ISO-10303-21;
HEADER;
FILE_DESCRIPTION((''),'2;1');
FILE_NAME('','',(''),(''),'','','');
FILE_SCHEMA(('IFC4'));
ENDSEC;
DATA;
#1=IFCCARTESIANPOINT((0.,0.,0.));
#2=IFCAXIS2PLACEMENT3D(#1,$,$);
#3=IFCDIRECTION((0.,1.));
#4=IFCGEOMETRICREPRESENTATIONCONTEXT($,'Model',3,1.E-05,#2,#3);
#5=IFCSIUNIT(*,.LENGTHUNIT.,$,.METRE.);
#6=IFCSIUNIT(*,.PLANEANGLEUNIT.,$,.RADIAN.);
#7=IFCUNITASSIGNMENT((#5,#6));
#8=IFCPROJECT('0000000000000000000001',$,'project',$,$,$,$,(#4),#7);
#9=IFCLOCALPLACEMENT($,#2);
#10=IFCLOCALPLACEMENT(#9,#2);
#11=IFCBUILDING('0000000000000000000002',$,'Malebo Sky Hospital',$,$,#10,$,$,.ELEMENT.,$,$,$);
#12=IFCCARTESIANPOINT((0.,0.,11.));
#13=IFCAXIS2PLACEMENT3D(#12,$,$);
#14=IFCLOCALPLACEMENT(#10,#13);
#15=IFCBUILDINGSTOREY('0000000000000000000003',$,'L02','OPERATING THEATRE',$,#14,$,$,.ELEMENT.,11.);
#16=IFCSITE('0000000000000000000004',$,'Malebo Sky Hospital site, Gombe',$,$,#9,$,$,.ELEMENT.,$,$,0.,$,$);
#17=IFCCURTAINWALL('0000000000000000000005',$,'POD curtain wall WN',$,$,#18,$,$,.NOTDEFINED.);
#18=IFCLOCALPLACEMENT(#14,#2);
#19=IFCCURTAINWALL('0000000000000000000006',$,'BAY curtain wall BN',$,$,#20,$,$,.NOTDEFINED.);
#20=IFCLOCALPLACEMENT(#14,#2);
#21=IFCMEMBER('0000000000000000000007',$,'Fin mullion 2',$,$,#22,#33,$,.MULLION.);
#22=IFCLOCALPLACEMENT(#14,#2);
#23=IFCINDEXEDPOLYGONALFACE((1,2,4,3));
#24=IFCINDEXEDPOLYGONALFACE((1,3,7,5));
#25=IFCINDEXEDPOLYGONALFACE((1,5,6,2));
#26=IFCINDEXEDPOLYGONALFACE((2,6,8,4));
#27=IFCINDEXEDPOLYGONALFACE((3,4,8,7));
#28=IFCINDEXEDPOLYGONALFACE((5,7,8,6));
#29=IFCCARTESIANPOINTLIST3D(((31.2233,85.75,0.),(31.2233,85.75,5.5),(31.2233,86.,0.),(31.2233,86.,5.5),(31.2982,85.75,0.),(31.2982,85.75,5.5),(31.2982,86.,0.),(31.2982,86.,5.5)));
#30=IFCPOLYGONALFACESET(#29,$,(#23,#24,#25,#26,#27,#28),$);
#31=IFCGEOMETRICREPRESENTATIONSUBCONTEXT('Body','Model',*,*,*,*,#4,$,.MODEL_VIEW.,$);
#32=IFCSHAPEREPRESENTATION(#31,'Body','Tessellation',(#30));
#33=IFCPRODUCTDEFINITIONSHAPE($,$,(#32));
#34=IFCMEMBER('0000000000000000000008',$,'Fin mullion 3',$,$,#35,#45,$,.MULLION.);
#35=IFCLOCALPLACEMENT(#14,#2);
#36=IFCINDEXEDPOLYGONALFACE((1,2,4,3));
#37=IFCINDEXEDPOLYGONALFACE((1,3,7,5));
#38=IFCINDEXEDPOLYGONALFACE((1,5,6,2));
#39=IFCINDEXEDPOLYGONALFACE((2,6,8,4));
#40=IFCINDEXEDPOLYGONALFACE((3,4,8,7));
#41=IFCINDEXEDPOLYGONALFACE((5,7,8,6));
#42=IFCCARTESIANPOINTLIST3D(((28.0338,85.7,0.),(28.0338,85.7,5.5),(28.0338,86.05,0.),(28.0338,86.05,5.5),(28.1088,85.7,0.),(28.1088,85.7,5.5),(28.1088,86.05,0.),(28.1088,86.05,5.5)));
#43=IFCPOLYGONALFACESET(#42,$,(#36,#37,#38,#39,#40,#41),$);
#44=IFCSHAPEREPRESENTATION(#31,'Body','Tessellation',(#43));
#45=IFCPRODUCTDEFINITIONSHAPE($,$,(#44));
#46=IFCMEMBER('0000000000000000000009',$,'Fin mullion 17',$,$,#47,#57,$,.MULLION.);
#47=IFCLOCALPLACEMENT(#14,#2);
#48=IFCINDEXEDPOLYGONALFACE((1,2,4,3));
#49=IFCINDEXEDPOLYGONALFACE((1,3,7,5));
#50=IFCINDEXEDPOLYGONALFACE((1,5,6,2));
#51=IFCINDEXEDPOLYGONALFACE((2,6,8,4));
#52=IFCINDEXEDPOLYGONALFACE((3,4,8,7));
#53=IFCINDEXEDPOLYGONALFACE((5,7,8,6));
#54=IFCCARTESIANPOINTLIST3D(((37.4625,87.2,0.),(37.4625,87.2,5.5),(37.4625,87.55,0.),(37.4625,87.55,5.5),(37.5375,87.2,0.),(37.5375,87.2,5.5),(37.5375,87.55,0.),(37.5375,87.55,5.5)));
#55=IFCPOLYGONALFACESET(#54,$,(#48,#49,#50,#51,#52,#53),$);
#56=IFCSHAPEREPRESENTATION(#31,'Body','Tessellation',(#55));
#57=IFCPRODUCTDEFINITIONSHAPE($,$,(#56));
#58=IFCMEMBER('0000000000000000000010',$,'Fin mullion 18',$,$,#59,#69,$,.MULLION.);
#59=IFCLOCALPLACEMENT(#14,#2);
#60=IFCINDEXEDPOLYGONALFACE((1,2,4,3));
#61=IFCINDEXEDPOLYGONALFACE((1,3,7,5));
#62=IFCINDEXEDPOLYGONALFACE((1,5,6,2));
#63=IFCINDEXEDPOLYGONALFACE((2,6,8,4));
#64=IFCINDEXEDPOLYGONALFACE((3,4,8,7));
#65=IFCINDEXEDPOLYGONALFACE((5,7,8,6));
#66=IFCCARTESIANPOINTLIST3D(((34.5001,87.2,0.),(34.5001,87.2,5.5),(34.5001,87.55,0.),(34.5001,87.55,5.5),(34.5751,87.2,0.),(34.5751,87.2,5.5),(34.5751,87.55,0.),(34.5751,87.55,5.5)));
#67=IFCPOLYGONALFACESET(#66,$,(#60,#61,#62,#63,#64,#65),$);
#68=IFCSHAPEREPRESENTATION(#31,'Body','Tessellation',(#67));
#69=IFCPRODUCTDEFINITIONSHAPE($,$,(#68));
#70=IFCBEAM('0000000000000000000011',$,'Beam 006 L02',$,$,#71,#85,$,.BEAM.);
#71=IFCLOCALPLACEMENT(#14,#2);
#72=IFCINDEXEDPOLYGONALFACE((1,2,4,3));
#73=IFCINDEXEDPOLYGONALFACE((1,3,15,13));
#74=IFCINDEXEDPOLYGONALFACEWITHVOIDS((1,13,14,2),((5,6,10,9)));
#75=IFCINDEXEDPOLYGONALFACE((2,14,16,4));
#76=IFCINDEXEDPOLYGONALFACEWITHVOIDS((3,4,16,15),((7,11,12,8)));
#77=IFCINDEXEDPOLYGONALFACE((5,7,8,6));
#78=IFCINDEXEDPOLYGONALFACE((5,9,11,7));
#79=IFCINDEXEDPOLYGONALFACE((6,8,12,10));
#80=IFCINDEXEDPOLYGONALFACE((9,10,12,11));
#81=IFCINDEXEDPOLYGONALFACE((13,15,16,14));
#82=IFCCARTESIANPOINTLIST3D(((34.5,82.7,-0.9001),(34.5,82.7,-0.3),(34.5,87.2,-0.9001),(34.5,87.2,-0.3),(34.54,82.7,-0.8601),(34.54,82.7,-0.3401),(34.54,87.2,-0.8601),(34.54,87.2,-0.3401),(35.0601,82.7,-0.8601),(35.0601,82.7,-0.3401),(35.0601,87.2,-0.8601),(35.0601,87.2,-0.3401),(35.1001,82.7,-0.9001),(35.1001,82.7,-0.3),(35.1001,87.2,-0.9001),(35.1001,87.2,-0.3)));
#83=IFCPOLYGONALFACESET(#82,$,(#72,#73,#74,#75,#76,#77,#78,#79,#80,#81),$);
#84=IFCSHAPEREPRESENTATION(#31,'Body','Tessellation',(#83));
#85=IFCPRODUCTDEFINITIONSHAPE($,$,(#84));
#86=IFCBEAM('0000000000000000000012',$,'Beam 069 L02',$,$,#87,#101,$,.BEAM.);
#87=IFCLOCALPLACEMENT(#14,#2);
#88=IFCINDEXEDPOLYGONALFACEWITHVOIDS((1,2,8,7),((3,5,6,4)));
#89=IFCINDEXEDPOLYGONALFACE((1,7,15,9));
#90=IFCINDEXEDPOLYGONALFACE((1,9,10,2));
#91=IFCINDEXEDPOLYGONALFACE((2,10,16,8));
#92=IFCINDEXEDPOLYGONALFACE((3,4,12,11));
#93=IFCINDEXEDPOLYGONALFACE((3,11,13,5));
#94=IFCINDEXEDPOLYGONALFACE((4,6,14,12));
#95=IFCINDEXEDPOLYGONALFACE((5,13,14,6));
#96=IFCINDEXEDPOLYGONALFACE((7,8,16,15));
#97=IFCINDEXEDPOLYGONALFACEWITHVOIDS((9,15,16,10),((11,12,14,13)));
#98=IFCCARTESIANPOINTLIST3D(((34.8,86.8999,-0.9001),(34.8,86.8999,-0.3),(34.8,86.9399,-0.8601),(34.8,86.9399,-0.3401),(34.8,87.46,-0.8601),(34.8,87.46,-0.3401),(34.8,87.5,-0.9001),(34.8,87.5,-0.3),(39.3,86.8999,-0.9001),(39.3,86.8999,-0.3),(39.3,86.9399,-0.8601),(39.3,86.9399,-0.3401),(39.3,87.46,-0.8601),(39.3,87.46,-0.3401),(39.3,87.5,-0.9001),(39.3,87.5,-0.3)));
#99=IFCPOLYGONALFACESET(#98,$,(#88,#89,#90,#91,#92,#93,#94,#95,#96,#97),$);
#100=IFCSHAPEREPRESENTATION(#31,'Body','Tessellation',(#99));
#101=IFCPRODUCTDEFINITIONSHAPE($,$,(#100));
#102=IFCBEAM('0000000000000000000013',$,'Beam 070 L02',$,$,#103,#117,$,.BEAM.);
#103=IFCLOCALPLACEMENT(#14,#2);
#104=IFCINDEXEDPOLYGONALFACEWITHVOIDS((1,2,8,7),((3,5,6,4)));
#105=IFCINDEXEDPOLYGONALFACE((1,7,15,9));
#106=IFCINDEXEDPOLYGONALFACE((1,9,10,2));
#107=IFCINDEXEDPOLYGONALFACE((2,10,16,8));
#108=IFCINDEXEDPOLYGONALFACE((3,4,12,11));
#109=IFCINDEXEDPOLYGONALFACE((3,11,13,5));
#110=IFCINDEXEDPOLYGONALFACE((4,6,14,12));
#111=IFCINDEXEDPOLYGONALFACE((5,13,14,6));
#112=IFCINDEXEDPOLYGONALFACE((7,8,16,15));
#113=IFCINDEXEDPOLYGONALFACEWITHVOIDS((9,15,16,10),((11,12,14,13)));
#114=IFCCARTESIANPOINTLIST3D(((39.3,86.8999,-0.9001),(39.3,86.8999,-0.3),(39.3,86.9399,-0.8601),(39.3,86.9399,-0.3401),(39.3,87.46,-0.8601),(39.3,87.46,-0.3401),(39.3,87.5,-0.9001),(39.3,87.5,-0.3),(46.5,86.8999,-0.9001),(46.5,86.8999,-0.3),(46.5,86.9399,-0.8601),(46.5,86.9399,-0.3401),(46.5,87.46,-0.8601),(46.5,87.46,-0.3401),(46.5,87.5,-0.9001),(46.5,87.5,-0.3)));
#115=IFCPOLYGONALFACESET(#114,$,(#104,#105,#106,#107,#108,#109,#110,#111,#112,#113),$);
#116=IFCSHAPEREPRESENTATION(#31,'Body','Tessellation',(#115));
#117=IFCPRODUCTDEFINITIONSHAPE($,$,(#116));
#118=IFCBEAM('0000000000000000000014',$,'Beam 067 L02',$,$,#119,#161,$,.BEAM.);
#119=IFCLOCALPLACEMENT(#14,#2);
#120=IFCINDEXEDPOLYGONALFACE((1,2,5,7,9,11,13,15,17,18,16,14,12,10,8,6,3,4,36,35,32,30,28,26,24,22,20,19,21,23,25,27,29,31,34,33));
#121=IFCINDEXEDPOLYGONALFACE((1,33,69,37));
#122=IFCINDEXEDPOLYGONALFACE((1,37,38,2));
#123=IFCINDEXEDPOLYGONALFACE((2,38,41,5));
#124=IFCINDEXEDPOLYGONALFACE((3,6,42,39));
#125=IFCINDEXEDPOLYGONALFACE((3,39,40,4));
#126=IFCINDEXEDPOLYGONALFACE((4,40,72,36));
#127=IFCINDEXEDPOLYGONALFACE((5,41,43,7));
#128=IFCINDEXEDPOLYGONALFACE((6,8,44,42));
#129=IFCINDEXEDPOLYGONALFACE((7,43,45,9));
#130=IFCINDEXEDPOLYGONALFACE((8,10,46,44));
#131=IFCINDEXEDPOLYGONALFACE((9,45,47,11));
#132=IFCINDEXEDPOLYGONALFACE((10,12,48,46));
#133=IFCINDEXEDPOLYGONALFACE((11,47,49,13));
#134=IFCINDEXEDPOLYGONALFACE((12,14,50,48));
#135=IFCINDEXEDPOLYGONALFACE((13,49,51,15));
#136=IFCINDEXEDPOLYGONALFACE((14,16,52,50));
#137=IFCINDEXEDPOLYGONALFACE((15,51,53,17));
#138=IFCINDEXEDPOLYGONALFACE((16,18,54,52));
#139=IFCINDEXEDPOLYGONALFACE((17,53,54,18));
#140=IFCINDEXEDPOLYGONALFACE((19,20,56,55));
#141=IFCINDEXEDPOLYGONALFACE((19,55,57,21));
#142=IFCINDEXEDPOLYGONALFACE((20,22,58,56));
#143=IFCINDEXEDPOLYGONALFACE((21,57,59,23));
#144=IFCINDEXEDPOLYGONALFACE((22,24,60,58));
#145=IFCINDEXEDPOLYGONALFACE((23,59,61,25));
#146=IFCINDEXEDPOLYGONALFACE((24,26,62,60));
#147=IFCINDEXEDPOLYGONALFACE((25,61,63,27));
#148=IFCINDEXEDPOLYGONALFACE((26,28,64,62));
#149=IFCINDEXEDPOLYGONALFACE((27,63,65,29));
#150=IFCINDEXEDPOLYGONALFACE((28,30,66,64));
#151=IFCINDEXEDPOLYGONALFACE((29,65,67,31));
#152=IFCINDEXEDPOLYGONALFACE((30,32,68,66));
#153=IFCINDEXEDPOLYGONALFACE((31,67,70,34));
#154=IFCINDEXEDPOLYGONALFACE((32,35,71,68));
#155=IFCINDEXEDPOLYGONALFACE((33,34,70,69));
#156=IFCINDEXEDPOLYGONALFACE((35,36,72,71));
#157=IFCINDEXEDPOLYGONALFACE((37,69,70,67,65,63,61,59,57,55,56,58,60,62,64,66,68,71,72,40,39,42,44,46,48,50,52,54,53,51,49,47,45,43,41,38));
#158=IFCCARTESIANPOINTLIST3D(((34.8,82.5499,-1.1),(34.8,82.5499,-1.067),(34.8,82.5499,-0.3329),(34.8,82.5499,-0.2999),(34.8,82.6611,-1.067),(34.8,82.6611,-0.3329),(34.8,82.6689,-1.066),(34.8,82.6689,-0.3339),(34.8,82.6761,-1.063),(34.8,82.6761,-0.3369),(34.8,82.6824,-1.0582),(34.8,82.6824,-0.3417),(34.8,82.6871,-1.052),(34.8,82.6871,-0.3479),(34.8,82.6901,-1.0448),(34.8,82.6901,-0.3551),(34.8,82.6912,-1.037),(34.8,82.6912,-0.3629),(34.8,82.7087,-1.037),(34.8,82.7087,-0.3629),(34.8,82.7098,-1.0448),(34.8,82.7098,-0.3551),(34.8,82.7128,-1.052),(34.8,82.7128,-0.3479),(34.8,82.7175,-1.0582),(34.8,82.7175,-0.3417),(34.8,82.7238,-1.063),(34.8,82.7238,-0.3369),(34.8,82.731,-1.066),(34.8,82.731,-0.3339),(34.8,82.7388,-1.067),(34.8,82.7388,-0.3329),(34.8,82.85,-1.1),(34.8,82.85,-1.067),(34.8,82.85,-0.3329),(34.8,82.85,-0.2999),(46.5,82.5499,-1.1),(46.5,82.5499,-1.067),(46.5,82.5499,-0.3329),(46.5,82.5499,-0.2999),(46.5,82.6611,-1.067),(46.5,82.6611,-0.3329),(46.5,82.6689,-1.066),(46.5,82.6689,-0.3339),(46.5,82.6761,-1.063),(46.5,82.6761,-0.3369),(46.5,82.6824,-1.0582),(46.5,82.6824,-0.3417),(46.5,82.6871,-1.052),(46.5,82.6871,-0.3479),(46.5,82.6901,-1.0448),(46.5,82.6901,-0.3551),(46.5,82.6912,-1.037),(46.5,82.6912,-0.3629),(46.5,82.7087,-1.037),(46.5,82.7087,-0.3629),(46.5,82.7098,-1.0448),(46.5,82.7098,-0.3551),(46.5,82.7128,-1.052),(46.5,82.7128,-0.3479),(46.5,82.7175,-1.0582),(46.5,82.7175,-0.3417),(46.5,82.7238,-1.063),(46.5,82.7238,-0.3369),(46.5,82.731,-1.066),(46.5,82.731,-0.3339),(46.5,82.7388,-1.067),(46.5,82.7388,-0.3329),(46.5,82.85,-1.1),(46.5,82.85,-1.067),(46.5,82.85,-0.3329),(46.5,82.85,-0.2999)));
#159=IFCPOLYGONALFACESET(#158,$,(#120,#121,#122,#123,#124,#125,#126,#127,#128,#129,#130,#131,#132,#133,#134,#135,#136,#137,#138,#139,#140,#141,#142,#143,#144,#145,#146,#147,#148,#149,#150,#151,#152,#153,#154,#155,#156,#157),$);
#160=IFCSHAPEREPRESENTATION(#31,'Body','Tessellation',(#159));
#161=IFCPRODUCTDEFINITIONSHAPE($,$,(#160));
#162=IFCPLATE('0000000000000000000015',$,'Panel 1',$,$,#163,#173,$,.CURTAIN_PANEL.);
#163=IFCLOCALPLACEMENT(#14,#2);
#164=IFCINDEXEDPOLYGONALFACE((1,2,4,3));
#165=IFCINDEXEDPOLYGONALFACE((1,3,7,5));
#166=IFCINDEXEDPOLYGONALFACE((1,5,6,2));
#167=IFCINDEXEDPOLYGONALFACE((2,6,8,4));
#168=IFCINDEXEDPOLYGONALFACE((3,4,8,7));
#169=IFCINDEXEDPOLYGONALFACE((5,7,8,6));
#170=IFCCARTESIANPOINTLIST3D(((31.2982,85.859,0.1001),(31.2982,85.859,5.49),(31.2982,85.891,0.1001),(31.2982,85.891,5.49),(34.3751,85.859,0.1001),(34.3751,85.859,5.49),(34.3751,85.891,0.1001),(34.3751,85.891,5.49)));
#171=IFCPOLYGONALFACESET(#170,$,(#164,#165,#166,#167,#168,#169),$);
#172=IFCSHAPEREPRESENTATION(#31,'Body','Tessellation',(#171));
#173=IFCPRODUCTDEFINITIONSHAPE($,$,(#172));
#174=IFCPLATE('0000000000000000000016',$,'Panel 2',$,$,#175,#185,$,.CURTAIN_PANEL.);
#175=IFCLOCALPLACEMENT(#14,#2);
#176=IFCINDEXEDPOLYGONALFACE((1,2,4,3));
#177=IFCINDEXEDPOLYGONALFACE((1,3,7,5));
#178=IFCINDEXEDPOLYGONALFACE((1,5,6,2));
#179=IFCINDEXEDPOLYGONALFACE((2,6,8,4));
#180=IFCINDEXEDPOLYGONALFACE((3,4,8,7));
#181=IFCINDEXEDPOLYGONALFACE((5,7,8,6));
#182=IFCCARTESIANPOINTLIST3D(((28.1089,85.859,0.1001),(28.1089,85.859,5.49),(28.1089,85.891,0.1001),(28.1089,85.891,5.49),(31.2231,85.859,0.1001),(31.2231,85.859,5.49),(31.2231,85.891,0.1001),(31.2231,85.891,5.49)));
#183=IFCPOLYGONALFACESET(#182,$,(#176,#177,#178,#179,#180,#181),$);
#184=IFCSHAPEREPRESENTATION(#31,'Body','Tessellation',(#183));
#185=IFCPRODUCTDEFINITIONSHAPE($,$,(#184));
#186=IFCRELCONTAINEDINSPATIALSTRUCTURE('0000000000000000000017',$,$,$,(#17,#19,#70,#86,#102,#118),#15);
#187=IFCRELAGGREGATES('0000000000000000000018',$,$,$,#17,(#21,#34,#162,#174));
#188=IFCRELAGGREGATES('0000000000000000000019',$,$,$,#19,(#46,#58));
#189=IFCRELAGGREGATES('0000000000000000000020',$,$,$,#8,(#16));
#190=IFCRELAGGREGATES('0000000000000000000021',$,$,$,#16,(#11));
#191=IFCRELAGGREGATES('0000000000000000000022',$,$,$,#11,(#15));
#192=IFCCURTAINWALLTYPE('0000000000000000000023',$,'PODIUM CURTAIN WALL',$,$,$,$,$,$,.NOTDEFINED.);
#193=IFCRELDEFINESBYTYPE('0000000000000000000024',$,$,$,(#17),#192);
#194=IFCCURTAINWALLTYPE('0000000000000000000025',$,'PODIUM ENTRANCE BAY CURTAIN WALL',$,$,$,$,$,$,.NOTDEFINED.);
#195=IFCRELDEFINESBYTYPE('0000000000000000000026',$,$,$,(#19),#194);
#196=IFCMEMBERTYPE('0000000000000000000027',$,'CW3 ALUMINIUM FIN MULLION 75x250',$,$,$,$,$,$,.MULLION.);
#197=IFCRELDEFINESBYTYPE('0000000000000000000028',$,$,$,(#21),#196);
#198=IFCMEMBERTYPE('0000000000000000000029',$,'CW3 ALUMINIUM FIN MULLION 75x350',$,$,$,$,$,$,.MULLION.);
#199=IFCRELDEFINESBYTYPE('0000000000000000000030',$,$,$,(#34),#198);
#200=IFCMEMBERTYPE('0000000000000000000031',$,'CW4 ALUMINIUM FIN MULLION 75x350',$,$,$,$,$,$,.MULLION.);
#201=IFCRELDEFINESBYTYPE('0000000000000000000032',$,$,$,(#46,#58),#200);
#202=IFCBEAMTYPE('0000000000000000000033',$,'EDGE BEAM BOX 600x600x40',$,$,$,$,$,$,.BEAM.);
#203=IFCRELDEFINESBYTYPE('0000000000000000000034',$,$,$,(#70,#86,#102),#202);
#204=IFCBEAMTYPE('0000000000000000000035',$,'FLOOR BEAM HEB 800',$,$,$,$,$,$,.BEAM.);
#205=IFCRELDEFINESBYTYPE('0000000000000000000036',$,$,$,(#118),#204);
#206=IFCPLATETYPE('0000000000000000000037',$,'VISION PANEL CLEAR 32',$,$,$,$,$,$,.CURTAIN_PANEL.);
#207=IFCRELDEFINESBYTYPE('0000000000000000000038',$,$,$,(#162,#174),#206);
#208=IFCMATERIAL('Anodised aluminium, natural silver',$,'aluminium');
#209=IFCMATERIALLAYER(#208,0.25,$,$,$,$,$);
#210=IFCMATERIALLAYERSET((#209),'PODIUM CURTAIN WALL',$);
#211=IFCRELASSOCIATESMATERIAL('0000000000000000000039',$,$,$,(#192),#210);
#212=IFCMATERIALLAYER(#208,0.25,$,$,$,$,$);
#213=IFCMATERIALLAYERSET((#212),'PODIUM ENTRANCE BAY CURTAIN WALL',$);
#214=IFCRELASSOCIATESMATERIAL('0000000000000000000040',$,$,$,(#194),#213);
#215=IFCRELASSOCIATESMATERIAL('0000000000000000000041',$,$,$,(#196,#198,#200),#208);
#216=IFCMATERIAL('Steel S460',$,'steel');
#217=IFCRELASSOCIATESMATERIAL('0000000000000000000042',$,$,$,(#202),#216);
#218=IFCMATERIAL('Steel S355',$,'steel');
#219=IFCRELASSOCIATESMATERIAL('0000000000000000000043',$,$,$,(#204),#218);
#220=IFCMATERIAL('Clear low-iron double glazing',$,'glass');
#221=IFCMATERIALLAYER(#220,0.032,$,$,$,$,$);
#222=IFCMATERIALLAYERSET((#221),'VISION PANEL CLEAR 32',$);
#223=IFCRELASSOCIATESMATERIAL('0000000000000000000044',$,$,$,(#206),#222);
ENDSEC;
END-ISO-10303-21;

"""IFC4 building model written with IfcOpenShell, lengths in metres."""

from ifc_helpers import new_model, si_unit, direction, frame, origin, origin_2d, place, context, subcontext, project, spatial, rectangle, hollow_rectangle, i_section, extrude, material, layer, layer_set, material_profile, profile_set, type_object, element, aggregate, save


model = new_model("IFC4")

# Units and contexts
model_context = context("Model", 3, precision=1e-05, world=origin(), true_north=direction((0.0, 1.0)))
body_context = subcontext(model_context, "Body", "Model", "MODEL_VIEW")
ifc_project = project(units=[si_unit("LENGTHUNIT", "METRE"), si_unit("PLANEANGLEUNIT", "RADIAN")], contexts=[model_context])

# Site, building, storey
site_placement = place(None, origin())
site = spatial("IfcSite", under=ifc_project, at=site_placement, Name="Malebo Sky Hospital site, Gombe", CompositionType="ELEMENT", RefElevation=0.0)
building_placement = place(site_placement, origin())
building = spatial("IfcBuilding", under=site, at=building_placement, Name="Malebo Sky Hospital", CompositionType="ELEMENT")
storey_placement = place(building_placement, frame((0.0, 0.0, 11.0)))
storey = spatial("IfcBuildingStorey", under=building, at=storey_placement, Name="L02", Description="OPERATING THEATRE", CompositionType="ELEMENT", Elevation=11.0)

# Shared definitions
ifc_material_1 = material(Name="Steel S460", Category="steel")
ifc_material_2 = material(Name="Steel S355", Category="steel")

# Curtain walls
ifc_material_3 = material(Name="Anodised aluminium, natural silver", Category="aluminium")
ifc_layer_1 = layer(ifc_material_3, 0.25)
ifc_layer_set_1 = layer_set([ifc_layer_1], Name="PODIUM CURTAIN WALL")
curtain_wall_type_1 = type_object("IfcCurtainWallType", Name="PODIUM CURTAIN WALL", PredefinedType="NOTDEFINED", material=ifc_layer_set_1)
curtain_wall_1_placement = place(storey_placement, origin())
curtain_wall_1 = element("IfcCurtainWall", 1, at=curtain_wall_1_placement, inside=storey, type_object=curtain_wall_type_1, Name="POD curtain wall WN", PredefinedType="NOTDEFINED")
ifc_layer_2 = layer(ifc_material_3, 0.25)
ifc_layer_set_2 = layer_set([ifc_layer_2], Name="PODIUM ENTRANCE BAY CURTAIN WALL")
curtain_wall_type_2 = type_object("IfcCurtainWallType", Name="PODIUM ENTRANCE BAY CURTAIN WALL", PredefinedType="NOTDEFINED", material=ifc_layer_set_2)
curtain_wall_2_placement = place(storey_placement, origin())
curtain_wall_2 = element("IfcCurtainWall", 2, at=curtain_wall_2_placement, inside=storey, type_object=curtain_wall_type_2, Name="BAY curtain wall BN", PredefinedType="NOTDEFINED")

# Members
ifc_material_profile_1 = material_profile(ifc_material_3, rectangle(XDim=0.075, YDim=0.25, at=origin_2d()), Name="CW3 ALUMINIUM FIN MULLION 75x250")
ifc_profile_set_1 = profile_set([ifc_material_profile_1], Name="Anodised aluminium, natural silver")
member_type_1 = type_object("IfcMemberType", Name="CW3 ALUMINIUM FIN MULLION 75x250", PredefinedType="MULLION", material=ifc_profile_set_1)
member_1_placement = place(storey_placement, frame((31.2607, 85.875, 0.0), z_axis=(0.0, 0.0, 1.0), x_axis=(-1.0, 0.0, 0.0)))
member_1 = element("IfcMember", 3, at=member_1_placement, type_object=member_type_1, Name="Fin mullion 2", PredefinedType="MULLION", context=body_context, shape_type="SweptSolid", body=[
    extrude(rectangle(XDim=0.075, YDim=0.25, at=origin_2d()), origin(), (0.0, 0.0, 1.0), 5.5),
])
ifc_material_profile_2 = material_profile(ifc_material_3, rectangle(XDim=0.075, YDim=0.3501, at=origin_2d()), Name="CW3 ALUMINIUM FIN MULLION 75x350")
ifc_profile_set_2 = profile_set([ifc_material_profile_2], Name="Anodised aluminium, natural silver")
member_type_2 = type_object("IfcMemberType", Name="CW3 ALUMINIUM FIN MULLION 75x350", PredefinedType="MULLION", material=ifc_profile_set_2)
member_2_placement = place(storey_placement, frame((28.0713, 85.875, 0.0), z_axis=(0.0, 0.0, 1.0), x_axis=(-1.0, 0.0, 0.0)))
member_2 = element("IfcMember", 4, at=member_2_placement, type_object=member_type_2, Name="Fin mullion 3", PredefinedType="MULLION", context=body_context, shape_type="SweptSolid", body=[
    extrude(rectangle(XDim=0.075, YDim=0.3501, at=origin_2d()), origin(), (0.0, 0.0, 1.0), 5.5),
])
ifc_material_profile_3 = material_profile(ifc_material_3, rectangle(XDim=0.075, YDim=0.3501, at=origin_2d()), Name="CW4 ALUMINIUM FIN MULLION 75x350")
ifc_profile_set_3 = profile_set([ifc_material_profile_3], Name="Anodised aluminium, natural silver")
member_type_3 = type_object("IfcMemberType", Name="CW4 ALUMINIUM FIN MULLION 75x350", PredefinedType="MULLION", material=ifc_profile_set_3)
member_3_placement = place(storey_placement, frame((37.5, 87.375, 0.0), z_axis=(0.0, 0.0, 1.0), x_axis=(-1.0, 0.0, 0.0)))
member_3 = element("IfcMember", 5, at=member_3_placement, type_object=member_type_3, Name="Fin mullion 17", PredefinedType="MULLION", context=body_context, shape_type="SweptSolid", body=[
    extrude(rectangle(XDim=0.075, YDim=0.3501, at=origin_2d()), origin(), (0.0, 0.0, 1.0), 5.5),
])
member_4_placement = place(storey_placement, frame((34.5376, 87.375, 0.0), z_axis=(0.0, 0.0, 1.0), x_axis=(-1.0, 0.0, 0.0)))
member_4 = element("IfcMember", 6, at=member_4_placement, type_object=member_type_3, Name="Fin mullion 18", PredefinedType="MULLION", context=body_context, shape_type="SweptSolid", body=[
    extrude(rectangle(XDim=0.075, YDim=0.3501, at=origin_2d()), origin(), (0.0, 0.0, 1.0), 5.5),
])

# Beams
ifc_material_profile_4 = material_profile(ifc_material_1, hollow_rectangle(XDim=0.6001, YDim=0.6001, WallThickness=0.04, at=origin_2d()), Name="BOX 600x600x40")
ifc_profile_set_4 = profile_set([ifc_material_profile_4], Name="Steel S460")
beam_type_1 = type_object("IfcBeamType", Name="EDGE BEAM BOX 600x600x40", PredefinedType="BEAM", material=ifc_profile_set_4)
for number, where, z_axis, x_axis, name in (
    (7, (34.8, 82.7, -0.6001), (0.0, 1.0, 0.0), (-1.0, 0.0, 0.0), "Beam 006 L02"),
    (8, (34.8, 87.2, -0.6001), (1.0, 0.0, 0.0), (0.0, 1.0, 0.0), "Beam 069 L02"),
):
    element("IfcBeam", number, at=place(storey_placement, frame(where, z_axis=z_axis, x_axis=x_axis)), inside=storey, type_object=beam_type_1, Name=name, PredefinedType="BEAM", context=body_context, shape_type="SweptSolid", body=[
        extrude(hollow_rectangle(XDim=0.6001, YDim=0.6001, WallThickness=0.04, at=origin_2d()), origin(), (0.0, 0.0, 1.0), 4.5),
    ])
beam_1_placement = place(storey_placement, frame((39.3, 87.2, -0.6001), z_axis=(1.0, 0.0, 0.0), x_axis=(0.0, 1.0, 0.0)))
element("IfcBeam", 9, at=beam_1_placement, inside=storey, type_object=beam_type_1, Name="Beam 070 L02", PredefinedType="BEAM", context=body_context, shape_type="SweptSolid", body=[
    extrude(hollow_rectangle(XDim=0.6001, YDim=0.6001, WallThickness=0.04, at=origin_2d()), origin(), (0.0, 0.0, 1.0), 7.2),
])
ifc_material_profile_5 = material_profile(ifc_material_2, i_section(OverallWidth=0.3, OverallDepth=0.8, WebThickness=0.0176, FlangeThickness=0.033, FilletRadius=0.03, at=origin_2d()), Name="HEB 800")
ifc_profile_set_5 = profile_set([ifc_material_profile_5], Name="Steel S355")
beam_type_2 = type_object("IfcBeamType", Name="FLOOR BEAM HEB 800", PredefinedType="BEAM", material=ifc_profile_set_5)
beam_2_placement = place(storey_placement, frame((34.8, 82.7, -0.7), z_axis=(1.0, 0.0, 0.0), x_axis=(0.0, 1.0, 0.0)))
element("IfcBeam", 10, at=beam_2_placement, inside=storey, type_object=beam_type_2, Name="Beam 067 L02", PredefinedType="BEAM", context=body_context, shape_type="SweptSolid", body=[
    extrude(i_section(OverallWidth=0.3, OverallDepth=0.8, WebThickness=0.0176, FlangeThickness=0.033, FilletRadius=0.03, at=origin_2d()), origin(), (0.0, 0.0, 1.0), 11.7),
])

# Plates
ifc_material_4 = material(Name="Clear low-iron double glazing", Category="glass")
ifc_layer_3 = layer(ifc_material_4, 0.032)
ifc_layer_set_3 = layer_set([ifc_layer_3], Name="VISION PANEL CLEAR 32")
plate_type = type_object("IfcPlateType", Name="VISION PANEL CLEAR 32", PredefinedType="CURTAIN_PANEL", material=ifc_layer_set_3)
plate_1_placement = place(storey_placement, frame((32.8367, 85.875, 0.1001), z_axis=(0.0, 0.0, 1.0), x_axis=(-1.0, 0.0, 0.0)))
plate_1 = element("IfcPlate", 11, at=plate_1_placement, type_object=plate_type, Name="Panel 1", PredefinedType="CURTAIN_PANEL", context=body_context, shape_type="SweptSolid", body=[
    extrude(rectangle(XDim=3.0769, YDim=0.032, at=origin_2d()), origin(), (0.0, 0.0, 1.0), 5.3899),
])
plate_2_placement = place(storey_placement, frame((29.666, 85.875, 0.1001), z_axis=(0.0, 0.0, 1.0), x_axis=(-1.0, 0.0, 0.0)))
plate_2 = element("IfcPlate", 12, at=plate_2_placement, type_object=plate_type, Name="Panel 2", PredefinedType="CURTAIN_PANEL", context=body_context, shape_type="SweptSolid", body=[
    extrude(rectangle(XDim=3.1143, YDim=0.032, at=origin_2d()), origin(), (0.0, 0.0, 1.0), 5.3899),
])
aggregate(curtain_wall_1, [member_1, member_2, plate_1, plate_2])
aggregate(curtain_wall_2, [member_3, member_4])

save(model, "model.ifc")
